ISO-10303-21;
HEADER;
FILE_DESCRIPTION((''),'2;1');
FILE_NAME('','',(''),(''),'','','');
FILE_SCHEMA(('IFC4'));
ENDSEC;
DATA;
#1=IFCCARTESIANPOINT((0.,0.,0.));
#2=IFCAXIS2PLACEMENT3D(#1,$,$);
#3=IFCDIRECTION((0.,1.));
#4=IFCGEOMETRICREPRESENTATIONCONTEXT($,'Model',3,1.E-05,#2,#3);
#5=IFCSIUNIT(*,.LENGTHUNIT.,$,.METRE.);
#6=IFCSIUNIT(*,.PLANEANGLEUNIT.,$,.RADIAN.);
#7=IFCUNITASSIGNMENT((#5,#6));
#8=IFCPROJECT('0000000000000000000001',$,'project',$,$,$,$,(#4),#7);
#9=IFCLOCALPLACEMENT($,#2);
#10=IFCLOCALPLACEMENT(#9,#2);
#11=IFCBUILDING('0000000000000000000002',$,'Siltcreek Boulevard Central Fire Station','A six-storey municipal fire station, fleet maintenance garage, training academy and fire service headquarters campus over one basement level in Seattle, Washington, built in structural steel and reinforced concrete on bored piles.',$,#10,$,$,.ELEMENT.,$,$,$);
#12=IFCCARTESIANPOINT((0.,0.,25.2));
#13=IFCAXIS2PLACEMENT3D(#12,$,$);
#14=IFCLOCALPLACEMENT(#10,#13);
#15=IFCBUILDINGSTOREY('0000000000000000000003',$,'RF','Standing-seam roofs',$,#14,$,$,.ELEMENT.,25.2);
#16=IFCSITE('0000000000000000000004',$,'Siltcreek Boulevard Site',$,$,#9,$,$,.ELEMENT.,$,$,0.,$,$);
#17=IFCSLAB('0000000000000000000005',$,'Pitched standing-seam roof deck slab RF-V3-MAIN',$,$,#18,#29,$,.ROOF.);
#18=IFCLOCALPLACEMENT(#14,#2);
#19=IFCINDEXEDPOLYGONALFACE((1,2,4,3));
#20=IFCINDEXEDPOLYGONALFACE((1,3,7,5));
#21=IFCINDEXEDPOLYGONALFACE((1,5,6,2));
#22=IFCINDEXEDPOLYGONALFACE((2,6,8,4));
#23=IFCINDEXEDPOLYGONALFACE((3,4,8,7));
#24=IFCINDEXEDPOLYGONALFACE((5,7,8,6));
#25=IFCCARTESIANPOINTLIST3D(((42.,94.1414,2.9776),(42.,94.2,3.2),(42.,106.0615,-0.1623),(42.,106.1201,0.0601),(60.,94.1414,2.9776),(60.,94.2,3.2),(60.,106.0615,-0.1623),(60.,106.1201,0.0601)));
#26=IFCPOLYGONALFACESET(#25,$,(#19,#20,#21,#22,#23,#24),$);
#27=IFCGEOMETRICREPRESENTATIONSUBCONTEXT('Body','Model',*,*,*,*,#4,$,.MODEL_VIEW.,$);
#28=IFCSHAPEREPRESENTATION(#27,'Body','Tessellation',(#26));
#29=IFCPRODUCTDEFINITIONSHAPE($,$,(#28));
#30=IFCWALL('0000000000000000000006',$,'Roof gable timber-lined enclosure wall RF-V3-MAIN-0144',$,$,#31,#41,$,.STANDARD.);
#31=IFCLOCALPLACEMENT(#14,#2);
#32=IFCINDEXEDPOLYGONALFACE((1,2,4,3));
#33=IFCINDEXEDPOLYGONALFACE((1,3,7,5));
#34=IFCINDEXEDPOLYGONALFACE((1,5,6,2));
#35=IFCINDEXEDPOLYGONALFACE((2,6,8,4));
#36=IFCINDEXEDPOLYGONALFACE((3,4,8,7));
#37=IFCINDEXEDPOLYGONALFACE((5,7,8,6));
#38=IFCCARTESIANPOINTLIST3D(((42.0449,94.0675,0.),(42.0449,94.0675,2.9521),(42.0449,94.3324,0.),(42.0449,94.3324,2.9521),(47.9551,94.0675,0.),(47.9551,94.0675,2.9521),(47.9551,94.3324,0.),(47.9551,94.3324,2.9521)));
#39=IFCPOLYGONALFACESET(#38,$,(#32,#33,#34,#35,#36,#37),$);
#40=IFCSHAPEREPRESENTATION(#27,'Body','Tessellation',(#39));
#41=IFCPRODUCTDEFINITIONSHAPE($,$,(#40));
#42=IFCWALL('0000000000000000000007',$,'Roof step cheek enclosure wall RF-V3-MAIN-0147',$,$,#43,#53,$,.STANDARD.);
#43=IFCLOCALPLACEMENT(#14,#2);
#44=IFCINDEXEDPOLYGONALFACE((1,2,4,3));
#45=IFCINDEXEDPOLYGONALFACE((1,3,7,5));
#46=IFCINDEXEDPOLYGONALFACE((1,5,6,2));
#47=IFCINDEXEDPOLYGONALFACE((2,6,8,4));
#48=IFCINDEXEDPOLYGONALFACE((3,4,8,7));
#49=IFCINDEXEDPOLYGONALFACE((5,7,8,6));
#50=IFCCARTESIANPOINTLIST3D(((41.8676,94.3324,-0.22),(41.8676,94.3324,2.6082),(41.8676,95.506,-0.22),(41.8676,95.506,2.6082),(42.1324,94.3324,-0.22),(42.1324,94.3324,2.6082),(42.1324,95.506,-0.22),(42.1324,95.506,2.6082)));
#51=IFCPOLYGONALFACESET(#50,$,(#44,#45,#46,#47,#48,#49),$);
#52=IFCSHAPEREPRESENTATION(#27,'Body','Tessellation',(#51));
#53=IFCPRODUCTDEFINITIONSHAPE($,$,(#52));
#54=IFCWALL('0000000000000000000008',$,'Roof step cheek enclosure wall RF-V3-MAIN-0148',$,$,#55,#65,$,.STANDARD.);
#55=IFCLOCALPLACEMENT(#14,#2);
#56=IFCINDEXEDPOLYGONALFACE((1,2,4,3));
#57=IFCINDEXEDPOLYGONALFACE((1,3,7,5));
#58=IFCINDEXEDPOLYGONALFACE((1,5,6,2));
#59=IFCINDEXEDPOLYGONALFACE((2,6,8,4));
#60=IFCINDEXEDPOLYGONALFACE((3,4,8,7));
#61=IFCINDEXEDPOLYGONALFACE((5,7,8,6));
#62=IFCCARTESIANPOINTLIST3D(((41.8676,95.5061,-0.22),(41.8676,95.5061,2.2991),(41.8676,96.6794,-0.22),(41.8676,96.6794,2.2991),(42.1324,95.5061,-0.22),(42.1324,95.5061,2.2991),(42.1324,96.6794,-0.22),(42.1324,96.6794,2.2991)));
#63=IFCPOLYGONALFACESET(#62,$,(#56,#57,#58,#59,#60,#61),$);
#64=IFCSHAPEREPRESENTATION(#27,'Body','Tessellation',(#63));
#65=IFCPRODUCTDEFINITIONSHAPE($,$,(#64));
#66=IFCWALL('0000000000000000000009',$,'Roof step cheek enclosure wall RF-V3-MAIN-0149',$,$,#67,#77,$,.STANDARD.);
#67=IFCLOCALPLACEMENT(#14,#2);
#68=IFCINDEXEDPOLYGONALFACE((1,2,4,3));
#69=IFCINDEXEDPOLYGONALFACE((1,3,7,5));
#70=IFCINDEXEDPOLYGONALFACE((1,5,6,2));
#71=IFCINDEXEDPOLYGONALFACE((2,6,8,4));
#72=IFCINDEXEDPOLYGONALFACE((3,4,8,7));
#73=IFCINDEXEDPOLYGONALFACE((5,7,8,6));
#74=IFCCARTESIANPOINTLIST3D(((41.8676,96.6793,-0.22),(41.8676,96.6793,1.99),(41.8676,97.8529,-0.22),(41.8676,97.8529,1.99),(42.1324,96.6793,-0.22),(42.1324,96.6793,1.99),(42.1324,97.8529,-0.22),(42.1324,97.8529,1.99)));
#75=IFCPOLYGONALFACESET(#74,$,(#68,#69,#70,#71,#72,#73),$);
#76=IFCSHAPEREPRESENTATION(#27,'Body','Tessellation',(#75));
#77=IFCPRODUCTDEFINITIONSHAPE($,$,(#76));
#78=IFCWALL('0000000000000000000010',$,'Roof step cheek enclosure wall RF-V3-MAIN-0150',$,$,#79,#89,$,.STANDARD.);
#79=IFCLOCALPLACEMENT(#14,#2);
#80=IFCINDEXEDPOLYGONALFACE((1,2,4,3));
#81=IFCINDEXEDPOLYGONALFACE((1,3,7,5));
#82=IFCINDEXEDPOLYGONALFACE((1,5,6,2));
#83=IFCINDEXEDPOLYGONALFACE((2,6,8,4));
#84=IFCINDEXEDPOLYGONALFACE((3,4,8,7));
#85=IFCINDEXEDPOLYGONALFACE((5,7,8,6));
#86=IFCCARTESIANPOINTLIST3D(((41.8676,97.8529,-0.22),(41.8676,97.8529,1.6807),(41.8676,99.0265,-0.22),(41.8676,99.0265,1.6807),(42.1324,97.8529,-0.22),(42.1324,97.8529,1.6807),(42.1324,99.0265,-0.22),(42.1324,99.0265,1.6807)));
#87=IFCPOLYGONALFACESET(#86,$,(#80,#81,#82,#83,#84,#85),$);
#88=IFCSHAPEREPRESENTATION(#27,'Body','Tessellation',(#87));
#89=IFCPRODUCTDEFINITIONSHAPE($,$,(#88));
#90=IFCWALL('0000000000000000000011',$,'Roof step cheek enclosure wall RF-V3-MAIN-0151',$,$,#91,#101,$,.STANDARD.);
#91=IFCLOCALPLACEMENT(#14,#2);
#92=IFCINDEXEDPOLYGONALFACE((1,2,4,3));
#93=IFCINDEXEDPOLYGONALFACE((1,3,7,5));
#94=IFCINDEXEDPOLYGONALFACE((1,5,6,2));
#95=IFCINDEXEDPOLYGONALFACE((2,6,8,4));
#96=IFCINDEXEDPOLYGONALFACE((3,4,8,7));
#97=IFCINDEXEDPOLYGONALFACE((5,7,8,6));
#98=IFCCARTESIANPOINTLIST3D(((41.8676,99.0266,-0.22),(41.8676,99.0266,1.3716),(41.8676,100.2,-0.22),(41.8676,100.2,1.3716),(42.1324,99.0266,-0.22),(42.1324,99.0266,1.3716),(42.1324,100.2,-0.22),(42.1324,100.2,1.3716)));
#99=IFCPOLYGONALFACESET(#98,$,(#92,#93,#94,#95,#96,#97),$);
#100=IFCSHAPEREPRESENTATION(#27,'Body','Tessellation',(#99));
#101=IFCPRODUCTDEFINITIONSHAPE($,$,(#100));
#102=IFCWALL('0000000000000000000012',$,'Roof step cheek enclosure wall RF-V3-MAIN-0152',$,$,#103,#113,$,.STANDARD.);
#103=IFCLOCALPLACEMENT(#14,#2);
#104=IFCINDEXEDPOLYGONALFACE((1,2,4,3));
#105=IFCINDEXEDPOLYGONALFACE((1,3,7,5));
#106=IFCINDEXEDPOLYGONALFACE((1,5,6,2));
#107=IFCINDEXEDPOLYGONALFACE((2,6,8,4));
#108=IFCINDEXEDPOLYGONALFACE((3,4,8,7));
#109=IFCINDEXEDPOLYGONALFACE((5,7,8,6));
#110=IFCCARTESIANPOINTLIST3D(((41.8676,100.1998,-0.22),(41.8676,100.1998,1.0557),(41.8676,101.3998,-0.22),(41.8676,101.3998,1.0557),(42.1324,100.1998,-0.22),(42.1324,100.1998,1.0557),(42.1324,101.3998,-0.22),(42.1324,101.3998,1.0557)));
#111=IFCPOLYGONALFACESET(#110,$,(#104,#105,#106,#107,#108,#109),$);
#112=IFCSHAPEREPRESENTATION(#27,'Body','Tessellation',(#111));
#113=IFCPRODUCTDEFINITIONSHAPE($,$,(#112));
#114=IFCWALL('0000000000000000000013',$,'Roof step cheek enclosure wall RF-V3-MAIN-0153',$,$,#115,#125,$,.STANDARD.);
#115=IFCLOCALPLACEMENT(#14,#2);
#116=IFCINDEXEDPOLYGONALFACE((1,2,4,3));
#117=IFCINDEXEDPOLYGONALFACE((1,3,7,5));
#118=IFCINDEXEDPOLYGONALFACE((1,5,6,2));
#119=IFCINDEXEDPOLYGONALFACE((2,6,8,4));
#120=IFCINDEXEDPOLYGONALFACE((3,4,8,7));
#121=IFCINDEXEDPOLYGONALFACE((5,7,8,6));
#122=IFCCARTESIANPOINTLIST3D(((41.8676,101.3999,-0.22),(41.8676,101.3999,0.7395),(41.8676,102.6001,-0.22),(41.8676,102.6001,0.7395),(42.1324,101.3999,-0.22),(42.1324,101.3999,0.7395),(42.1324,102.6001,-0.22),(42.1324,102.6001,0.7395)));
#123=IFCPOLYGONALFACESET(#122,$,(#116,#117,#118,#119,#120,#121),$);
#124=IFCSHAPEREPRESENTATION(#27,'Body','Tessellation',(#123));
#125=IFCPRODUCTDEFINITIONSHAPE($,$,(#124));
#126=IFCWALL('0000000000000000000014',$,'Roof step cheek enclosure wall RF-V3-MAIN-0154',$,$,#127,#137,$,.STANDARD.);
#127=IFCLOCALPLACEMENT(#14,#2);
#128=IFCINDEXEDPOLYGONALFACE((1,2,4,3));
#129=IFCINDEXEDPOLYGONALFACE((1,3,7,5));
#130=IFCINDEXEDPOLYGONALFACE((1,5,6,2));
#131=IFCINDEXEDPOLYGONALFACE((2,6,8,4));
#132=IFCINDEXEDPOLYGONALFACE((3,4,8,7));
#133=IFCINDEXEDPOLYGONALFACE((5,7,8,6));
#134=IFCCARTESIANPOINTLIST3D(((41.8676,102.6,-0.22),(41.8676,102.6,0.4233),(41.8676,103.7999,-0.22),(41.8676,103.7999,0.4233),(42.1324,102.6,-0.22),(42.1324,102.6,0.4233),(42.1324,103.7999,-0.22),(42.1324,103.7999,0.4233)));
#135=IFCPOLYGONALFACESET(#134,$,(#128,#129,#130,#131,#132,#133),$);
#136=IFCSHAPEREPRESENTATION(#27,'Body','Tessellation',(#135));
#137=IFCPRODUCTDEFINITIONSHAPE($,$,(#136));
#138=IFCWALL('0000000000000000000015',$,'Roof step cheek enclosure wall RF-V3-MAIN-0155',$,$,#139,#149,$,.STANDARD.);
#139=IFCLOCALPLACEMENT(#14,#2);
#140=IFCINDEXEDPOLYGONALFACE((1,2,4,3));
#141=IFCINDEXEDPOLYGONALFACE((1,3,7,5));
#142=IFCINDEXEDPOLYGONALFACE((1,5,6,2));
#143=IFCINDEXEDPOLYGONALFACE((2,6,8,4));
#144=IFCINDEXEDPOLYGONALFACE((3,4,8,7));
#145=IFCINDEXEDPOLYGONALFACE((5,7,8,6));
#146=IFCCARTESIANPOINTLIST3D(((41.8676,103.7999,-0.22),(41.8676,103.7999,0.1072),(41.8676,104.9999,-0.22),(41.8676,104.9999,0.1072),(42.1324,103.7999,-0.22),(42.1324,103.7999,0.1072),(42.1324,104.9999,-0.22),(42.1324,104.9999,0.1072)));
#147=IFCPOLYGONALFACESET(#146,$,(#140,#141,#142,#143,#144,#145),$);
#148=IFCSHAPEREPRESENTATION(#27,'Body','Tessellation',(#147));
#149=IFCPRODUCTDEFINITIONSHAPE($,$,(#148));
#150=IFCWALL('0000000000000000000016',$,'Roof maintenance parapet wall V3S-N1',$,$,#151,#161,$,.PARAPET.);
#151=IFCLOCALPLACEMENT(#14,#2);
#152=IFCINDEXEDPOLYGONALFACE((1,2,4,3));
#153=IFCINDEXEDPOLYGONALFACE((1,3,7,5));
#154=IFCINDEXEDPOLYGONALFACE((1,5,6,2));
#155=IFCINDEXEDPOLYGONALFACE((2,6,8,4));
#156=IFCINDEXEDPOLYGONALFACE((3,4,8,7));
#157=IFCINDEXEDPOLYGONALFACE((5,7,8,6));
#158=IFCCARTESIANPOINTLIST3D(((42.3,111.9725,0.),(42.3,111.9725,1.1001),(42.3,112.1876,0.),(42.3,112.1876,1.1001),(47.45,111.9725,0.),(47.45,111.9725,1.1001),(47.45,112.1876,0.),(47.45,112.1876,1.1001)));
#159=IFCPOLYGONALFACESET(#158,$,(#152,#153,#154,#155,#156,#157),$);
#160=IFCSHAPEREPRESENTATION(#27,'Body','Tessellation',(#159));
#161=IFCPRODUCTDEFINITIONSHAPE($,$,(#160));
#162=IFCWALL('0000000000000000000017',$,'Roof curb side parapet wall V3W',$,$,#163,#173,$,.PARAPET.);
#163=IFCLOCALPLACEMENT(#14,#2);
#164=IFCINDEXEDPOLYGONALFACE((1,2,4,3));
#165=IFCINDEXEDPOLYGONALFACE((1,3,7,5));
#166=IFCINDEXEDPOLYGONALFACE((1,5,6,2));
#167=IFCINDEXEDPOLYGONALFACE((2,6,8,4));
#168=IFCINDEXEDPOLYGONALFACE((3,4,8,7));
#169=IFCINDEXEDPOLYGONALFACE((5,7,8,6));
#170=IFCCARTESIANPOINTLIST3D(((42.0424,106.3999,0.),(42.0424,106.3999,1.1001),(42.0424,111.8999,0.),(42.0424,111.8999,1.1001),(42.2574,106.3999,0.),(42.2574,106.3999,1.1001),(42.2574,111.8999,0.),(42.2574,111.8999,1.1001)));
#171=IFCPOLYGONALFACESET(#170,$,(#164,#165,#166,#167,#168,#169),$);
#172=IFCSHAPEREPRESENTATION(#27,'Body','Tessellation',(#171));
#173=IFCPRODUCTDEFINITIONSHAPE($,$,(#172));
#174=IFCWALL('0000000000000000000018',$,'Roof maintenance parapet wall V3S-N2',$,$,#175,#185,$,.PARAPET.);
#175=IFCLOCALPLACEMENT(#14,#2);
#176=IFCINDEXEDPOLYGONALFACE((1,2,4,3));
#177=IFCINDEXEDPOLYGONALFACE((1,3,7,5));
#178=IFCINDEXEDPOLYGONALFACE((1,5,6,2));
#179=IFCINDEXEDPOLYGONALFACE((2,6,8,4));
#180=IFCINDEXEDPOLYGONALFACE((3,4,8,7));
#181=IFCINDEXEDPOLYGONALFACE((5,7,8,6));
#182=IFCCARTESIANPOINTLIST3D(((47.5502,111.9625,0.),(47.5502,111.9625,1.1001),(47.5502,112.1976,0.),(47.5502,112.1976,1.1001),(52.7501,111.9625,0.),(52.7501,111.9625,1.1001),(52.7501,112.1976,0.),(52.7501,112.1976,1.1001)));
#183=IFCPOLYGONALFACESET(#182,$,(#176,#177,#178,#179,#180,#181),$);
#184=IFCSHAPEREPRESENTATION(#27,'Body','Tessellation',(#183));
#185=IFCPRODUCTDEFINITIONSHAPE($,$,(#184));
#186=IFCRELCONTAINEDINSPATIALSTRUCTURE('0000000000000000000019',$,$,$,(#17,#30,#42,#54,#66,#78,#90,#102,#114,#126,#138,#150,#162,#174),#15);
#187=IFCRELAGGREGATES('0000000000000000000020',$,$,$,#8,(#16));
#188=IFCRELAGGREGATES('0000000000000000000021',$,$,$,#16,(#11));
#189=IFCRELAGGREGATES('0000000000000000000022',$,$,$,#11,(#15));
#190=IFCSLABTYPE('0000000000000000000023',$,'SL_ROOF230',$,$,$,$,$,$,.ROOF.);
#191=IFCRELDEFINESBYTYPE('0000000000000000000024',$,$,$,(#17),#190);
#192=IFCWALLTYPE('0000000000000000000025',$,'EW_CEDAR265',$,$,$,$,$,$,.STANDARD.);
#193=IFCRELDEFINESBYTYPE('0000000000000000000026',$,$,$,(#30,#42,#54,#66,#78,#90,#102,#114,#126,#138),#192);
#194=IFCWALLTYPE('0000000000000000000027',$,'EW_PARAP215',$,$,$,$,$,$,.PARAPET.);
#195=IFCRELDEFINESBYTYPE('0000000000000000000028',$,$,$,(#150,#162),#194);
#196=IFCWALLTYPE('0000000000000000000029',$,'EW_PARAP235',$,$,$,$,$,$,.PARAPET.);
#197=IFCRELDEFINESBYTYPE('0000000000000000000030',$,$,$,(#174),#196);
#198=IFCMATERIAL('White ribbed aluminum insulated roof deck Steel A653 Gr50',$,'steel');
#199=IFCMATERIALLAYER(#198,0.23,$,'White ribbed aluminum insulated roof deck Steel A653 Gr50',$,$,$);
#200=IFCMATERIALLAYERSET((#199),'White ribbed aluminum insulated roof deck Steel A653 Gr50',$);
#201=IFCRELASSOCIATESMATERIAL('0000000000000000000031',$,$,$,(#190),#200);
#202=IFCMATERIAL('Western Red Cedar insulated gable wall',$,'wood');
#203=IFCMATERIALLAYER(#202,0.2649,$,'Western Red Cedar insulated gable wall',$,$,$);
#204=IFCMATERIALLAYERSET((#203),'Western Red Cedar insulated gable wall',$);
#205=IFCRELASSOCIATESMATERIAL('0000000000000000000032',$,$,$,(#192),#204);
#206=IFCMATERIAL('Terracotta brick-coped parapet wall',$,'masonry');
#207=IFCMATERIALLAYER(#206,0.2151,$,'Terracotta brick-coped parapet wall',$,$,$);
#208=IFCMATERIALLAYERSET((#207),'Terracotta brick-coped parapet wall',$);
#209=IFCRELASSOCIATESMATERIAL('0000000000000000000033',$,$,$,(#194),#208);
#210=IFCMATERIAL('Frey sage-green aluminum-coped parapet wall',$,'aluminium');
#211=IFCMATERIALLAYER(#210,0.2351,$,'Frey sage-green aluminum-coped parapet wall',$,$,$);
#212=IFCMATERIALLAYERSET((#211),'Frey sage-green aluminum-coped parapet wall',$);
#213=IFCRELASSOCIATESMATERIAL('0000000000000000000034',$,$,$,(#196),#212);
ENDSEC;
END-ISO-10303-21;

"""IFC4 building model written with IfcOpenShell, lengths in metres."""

from ifc_helpers import new_model, si_unit, direction, frame, frame_2d, origin, place, context, subcontext, project, spatial, polyline, rectangle, outline, extrude, material, layer, layer_set, type_object, element, save


model = new_model("IFC4")

# Units and contexts
model_context = context("Model", 3, precision=1e-05, world=origin(), true_north=direction((0.0, 1.0)))
body_context = subcontext(model_context, "Body", "Model", "MODEL_VIEW")
ifc_project = project(units=[si_unit("LENGTHUNIT", "METRE"), si_unit("PLANEANGLEUNIT", "RADIAN")], contexts=[model_context])

# Site, building, storey
site_placement = place(None, origin())
site = spatial("IfcSite", under=ifc_project, at=site_placement, Name="Siltcreek Boulevard Site", CompositionType="ELEMENT", RefElevation=0.0)
building_placement = place(site_placement, origin())
building = spatial("IfcBuilding", under=site, at=building_placement, Name="Siltcreek Boulevard Central Fire Station", Description="A six-storey municipal fire station, fleet maintenance garage, training academy and fire service headquarters campus over one basement level in Seattle, Washington, built in structural steel and reinforced concrete on bored piles.", CompositionType="ELEMENT")
storey_placement = place(building_placement, frame((0.0, 0.0, 25.2)))
storey = spatial("IfcBuildingStorey", under=building, at=storey_placement, Name="RF", Description="Standing-seam roofs", CompositionType="ELEMENT", Elevation=25.2)

# Slab
ifc_material_1 = material(Name="White ribbed aluminum insulated roof deck Steel A653 Gr50", Category="steel")
ifc_layer_1 = layer(ifc_material_1, 0.23, Name="White ribbed aluminum insulated roof deck Steel A653 Gr50")
ifc_layer_set_1 = layer_set([ifc_layer_1], Name="White ribbed aluminum insulated roof deck Steel A653 Gr50")
slab_type = type_object("IfcSlabType", Name="SL_ROOF230", PredefinedType="ROOF", material=ifc_layer_set_1)
slab_placement = place(storey_placement, frame((42.0, 94.2, 3.2), z_axis=(0.0, 0.254721, 0.967014), x_axis=(1.0, 0.0, 0.0)))
element("IfcSlab", 1, at=slab_placement, inside=storey, type_object=slab_type, Name="Pitched standing-seam roof deck slab RF-V3-MAIN", PredefinedType="ROOF", context=body_context, shape_type="SweptSolid", body=[
    extrude(outline(polyline([(0.0, 0.0), (18.0, 0.0), (18.0, 12.3268), (0.0, 12.3268), (0.0, 0.0)])), origin(), (0.0, 0.0, -1.0), 0.23),
])

# Walls
ifc_material_2 = material(Name="Western Red Cedar insulated gable wall", Category="wood")
ifc_layer_2 = layer(ifc_material_2, 0.2649, Name="Western Red Cedar insulated gable wall")
ifc_layer_set_2 = layer_set([ifc_layer_2], Name="Western Red Cedar insulated gable wall")
wall_type_1 = type_object("IfcWallType", Name="EW_CEDAR265", PredefinedType="STANDARD", material=ifc_layer_set_2)
wall_1_placement = place(storey_placement, frame((42.0449, 94.2, 0.0), z_axis=(0.0, 0.0, 1.0), x_axis=(1.0, 0.0, 0.0)))
element("IfcWall", 2, at=wall_1_placement, inside=storey, type_object=wall_type_1, Name="Roof gable timber-lined enclosure wall RF-V3-MAIN-0144", PredefinedType="STANDARD", context=body_context, shape_type="SweptSolid", body=[
    extrude(rectangle(XDim=5.9102, YDim=0.2649, at=frame_2d((2.9551, 0.0))), origin(), (0.0, 0.0, 1.0), 2.9521),
])
wall_2_placement = place(storey_placement, frame((42.0, 95.5061, -0.22), z_axis=(0.0, 0.0, 1.0), x_axis=(0.0, -1.0, 0.0)))
element("IfcWall", 3, at=wall_2_placement, inside=storey, type_object=wall_type_1, Name="Roof step cheek enclosure wall RF-V3-MAIN-0147", PredefinedType="STANDARD", context=body_context, shape_type="SweptSolid", body=[
    extrude(rectangle(XDim=1.1736, YDim=0.2649, at=frame_2d((0.5869, 0.0))), origin(), (0.0, 0.0, 1.0), 2.8281),
])
wall_3_placement = place(storey_placement, frame((42.0, 96.6794, -0.22), z_axis=(0.0, 0.0, 1.0), x_axis=(0.0, -1.0, 0.0)))
element("IfcWall", 4, at=wall_3_placement, inside=storey, type_object=wall_type_1, Name="Roof step cheek enclosure wall RF-V3-MAIN-0148", PredefinedType="STANDARD", context=body_context, shape_type="SweptSolid", body=[
    extrude(rectangle(XDim=1.1733, YDim=0.2649, at=frame_2d((0.5867, 0.0))), origin(), (0.0, 0.0, 1.0), 2.519),
])
wall_4_placement = place(storey_placement, frame((42.0, 97.853, -0.22), z_axis=(0.0, 0.0, 1.0), x_axis=(0.0, -1.0, 0.0)))
element("IfcWall", 5, at=wall_4_placement, inside=storey, type_object=wall_type_1, Name="Roof step cheek enclosure wall RF-V3-MAIN-0149", PredefinedType="STANDARD", context=body_context, shape_type="SweptSolid", body=[
    extrude(rectangle(XDim=1.1736, YDim=0.2649, at=frame_2d((0.5869, 0.0))), origin(), (0.0, 0.0, 1.0), 2.21),
])
wall_5_placement = place(storey_placement, frame((42.0, 99.0266, -0.22), z_axis=(0.0, 0.0, 1.0), x_axis=(0.0, -1.0, 0.0)))
element("IfcWall", 6, at=wall_5_placement, inside=storey, type_object=wall_type_1, Name="Roof step cheek enclosure wall RF-V3-MAIN-0150", PredefinedType="STANDARD", context=body_context, shape_type="SweptSolid", body=[
    extrude(rectangle(XDim=1.1736, YDim=0.2649, at=frame_2d((0.5869, 0.0))), origin(), (0.0, 0.0, 1.0), 1.9006),
])
wall_6_placement = place(storey_placement, frame((42.0, 100.2, -0.22), z_axis=(0.0, 0.0, 1.0), x_axis=(0.0, -1.0, 0.0)))
element("IfcWall", 7, at=wall_6_placement, inside=storey, type_object=wall_type_1, Name="Roof step cheek enclosure wall RF-V3-MAIN-0151", PredefinedType="STANDARD", context=body_context, shape_type="SweptSolid", body=[
    extrude(rectangle(XDim=1.1733, YDim=0.2649, at=frame_2d((0.5867, 0.0))), origin(), (0.0, 0.0, 1.0), 1.5916),
])
wall_7_placement = place(storey_placement, frame((42.0, 101.3999, -0.22), z_axis=(0.0, 0.0, 1.0), x_axis=(0.0, -1.0, 0.0)))
element("IfcWall", 8, at=wall_7_placement, inside=storey, type_object=wall_type_1, Name="Roof step cheek enclosure wall RF-V3-MAIN-0152", PredefinedType="STANDARD", context=body_context, shape_type="SweptSolid", body=[
    extrude(rectangle(XDim=1.2, YDim=0.2649, at=frame_2d((0.6001, 0.0))), origin(), (0.0, 0.0, 1.0), 1.2756),
])
wall_8_placement = place(storey_placement, frame((42.0, 102.6001, -0.22), z_axis=(0.0, 0.0, 1.0), x_axis=(0.0, -1.0, 0.0)))
element("IfcWall", 9, at=wall_8_placement, inside=storey, type_object=wall_type_1, Name="Roof step cheek enclosure wall RF-V3-MAIN-0153", PredefinedType="STANDARD", context=body_context, shape_type="SweptSolid", body=[
    extrude(rectangle(XDim=1.2002, YDim=0.2649, at=frame_2d((0.6001, 0.0))), origin(), (0.0, 0.0, 1.0), 0.9595),
])
wall_9_placement = place(storey_placement, frame((42.0, 103.8, -0.22), z_axis=(0.0, 0.0, 1.0), x_axis=(0.0, -1.0, 0.0)))
element("IfcWall", 10, at=wall_9_placement, inside=storey, type_object=wall_type_1, Name="Roof step cheek enclosure wall RF-V3-MAIN-0154", PredefinedType="STANDARD", context=body_context, shape_type="SweptSolid", body=[
    extrude(rectangle(XDim=1.2, YDim=0.2649, at=frame_2d((0.6001, 0.0))), origin(), (0.0, 0.0, 1.0), 0.6433),
])
wall_10_placement = place(storey_placement, frame((42.0, 105.0, -0.22), z_axis=(0.0, 0.0, 1.0), x_axis=(0.0, -1.0, 0.0)))
element("IfcWall", 11, at=wall_10_placement, inside=storey, type_object=wall_type_1, Name="Roof step cheek enclosure wall RF-V3-MAIN-0155", PredefinedType="STANDARD", context=body_context, shape_type="SweptSolid", body=[
    extrude(rectangle(XDim=1.2, YDim=0.2649, at=frame_2d((0.6001, 0.0))), origin(), (0.0, 0.0, 1.0), 0.3271),
])
ifc_material_3 = material(Name="Terracotta brick-coped parapet wall", Category="masonry")
ifc_layer_3 = layer(ifc_material_3, 0.2151, Name="Terracotta brick-coped parapet wall")
ifc_layer_set_3 = layer_set([ifc_layer_3], Name="Terracotta brick-coped parapet wall")
wall_type_2 = type_object("IfcWallType", Name="EW_PARAP215", PredefinedType="PARAPET", material=ifc_layer_set_3)
wall_11_placement = place(storey_placement, frame((42.3, 112.0801, 0.0), z_axis=(0.0, 0.0, 1.0), x_axis=(1.0, 0.0, 0.0)))
element("IfcWall", 12, at=wall_11_placement, inside=storey, type_object=wall_type_2, Name="Roof maintenance parapet wall V3S-N1", PredefinedType="PARAPET", context=body_context, shape_type="SweptSolid", body=[
    extrude(rectangle(XDim=5.1499, YDim=0.2151, at=frame_2d((2.575, 0.0))), origin(), (0.0, 0.0, 1.0), 1.1001),
])
wall_12_placement = place(storey_placement, frame((42.1499, 106.3999, 0.0), z_axis=(0.0, 0.0, 1.0), x_axis=(0.0, 1.0, 0.0)))
element("IfcWall", 13, at=wall_12_placement, inside=storey, type_object=wall_type_2, Name="Roof curb side parapet wall V3W", PredefinedType="PARAPET", context=body_context, shape_type="SweptSolid", body=[
    extrude(rectangle(XDim=5.5, YDim=0.2151, at=frame_2d((2.75, 0.0))), origin(), (0.0, 0.0, 1.0), 1.1001),
])
ifc_material_4 = material(Name="Frey sage-green aluminum-coped parapet wall", Category="aluminium")
ifc_layer_4 = layer(ifc_material_4, 0.2351, Name="Frey sage-green aluminum-coped parapet wall")
ifc_layer_set_4 = layer_set([ifc_layer_4], Name="Frey sage-green aluminum-coped parapet wall")
wall_type_3 = type_object("IfcWallType", Name="EW_PARAP235", PredefinedType="PARAPET", material=ifc_layer_set_4)
wall_13_placement = place(storey_placement, frame((47.55, 112.0801, 0.0), z_axis=(0.0, 0.0, 1.0), x_axis=(1.0, 0.0, 0.0)))
element("IfcWall", 14, at=wall_13_placement, inside=storey, type_object=wall_type_3, Name="Roof maintenance parapet wall V3S-N2", PredefinedType="PARAPET", context=body_context, shape_type="SweptSolid", body=[
    extrude(rectangle(XDim=5.2, YDim=0.2351, at=frame_2d((2.6001, 0.0))), origin(), (0.0, 0.0, 1.0), 1.1001),
])

save(model, "model.ifc")
